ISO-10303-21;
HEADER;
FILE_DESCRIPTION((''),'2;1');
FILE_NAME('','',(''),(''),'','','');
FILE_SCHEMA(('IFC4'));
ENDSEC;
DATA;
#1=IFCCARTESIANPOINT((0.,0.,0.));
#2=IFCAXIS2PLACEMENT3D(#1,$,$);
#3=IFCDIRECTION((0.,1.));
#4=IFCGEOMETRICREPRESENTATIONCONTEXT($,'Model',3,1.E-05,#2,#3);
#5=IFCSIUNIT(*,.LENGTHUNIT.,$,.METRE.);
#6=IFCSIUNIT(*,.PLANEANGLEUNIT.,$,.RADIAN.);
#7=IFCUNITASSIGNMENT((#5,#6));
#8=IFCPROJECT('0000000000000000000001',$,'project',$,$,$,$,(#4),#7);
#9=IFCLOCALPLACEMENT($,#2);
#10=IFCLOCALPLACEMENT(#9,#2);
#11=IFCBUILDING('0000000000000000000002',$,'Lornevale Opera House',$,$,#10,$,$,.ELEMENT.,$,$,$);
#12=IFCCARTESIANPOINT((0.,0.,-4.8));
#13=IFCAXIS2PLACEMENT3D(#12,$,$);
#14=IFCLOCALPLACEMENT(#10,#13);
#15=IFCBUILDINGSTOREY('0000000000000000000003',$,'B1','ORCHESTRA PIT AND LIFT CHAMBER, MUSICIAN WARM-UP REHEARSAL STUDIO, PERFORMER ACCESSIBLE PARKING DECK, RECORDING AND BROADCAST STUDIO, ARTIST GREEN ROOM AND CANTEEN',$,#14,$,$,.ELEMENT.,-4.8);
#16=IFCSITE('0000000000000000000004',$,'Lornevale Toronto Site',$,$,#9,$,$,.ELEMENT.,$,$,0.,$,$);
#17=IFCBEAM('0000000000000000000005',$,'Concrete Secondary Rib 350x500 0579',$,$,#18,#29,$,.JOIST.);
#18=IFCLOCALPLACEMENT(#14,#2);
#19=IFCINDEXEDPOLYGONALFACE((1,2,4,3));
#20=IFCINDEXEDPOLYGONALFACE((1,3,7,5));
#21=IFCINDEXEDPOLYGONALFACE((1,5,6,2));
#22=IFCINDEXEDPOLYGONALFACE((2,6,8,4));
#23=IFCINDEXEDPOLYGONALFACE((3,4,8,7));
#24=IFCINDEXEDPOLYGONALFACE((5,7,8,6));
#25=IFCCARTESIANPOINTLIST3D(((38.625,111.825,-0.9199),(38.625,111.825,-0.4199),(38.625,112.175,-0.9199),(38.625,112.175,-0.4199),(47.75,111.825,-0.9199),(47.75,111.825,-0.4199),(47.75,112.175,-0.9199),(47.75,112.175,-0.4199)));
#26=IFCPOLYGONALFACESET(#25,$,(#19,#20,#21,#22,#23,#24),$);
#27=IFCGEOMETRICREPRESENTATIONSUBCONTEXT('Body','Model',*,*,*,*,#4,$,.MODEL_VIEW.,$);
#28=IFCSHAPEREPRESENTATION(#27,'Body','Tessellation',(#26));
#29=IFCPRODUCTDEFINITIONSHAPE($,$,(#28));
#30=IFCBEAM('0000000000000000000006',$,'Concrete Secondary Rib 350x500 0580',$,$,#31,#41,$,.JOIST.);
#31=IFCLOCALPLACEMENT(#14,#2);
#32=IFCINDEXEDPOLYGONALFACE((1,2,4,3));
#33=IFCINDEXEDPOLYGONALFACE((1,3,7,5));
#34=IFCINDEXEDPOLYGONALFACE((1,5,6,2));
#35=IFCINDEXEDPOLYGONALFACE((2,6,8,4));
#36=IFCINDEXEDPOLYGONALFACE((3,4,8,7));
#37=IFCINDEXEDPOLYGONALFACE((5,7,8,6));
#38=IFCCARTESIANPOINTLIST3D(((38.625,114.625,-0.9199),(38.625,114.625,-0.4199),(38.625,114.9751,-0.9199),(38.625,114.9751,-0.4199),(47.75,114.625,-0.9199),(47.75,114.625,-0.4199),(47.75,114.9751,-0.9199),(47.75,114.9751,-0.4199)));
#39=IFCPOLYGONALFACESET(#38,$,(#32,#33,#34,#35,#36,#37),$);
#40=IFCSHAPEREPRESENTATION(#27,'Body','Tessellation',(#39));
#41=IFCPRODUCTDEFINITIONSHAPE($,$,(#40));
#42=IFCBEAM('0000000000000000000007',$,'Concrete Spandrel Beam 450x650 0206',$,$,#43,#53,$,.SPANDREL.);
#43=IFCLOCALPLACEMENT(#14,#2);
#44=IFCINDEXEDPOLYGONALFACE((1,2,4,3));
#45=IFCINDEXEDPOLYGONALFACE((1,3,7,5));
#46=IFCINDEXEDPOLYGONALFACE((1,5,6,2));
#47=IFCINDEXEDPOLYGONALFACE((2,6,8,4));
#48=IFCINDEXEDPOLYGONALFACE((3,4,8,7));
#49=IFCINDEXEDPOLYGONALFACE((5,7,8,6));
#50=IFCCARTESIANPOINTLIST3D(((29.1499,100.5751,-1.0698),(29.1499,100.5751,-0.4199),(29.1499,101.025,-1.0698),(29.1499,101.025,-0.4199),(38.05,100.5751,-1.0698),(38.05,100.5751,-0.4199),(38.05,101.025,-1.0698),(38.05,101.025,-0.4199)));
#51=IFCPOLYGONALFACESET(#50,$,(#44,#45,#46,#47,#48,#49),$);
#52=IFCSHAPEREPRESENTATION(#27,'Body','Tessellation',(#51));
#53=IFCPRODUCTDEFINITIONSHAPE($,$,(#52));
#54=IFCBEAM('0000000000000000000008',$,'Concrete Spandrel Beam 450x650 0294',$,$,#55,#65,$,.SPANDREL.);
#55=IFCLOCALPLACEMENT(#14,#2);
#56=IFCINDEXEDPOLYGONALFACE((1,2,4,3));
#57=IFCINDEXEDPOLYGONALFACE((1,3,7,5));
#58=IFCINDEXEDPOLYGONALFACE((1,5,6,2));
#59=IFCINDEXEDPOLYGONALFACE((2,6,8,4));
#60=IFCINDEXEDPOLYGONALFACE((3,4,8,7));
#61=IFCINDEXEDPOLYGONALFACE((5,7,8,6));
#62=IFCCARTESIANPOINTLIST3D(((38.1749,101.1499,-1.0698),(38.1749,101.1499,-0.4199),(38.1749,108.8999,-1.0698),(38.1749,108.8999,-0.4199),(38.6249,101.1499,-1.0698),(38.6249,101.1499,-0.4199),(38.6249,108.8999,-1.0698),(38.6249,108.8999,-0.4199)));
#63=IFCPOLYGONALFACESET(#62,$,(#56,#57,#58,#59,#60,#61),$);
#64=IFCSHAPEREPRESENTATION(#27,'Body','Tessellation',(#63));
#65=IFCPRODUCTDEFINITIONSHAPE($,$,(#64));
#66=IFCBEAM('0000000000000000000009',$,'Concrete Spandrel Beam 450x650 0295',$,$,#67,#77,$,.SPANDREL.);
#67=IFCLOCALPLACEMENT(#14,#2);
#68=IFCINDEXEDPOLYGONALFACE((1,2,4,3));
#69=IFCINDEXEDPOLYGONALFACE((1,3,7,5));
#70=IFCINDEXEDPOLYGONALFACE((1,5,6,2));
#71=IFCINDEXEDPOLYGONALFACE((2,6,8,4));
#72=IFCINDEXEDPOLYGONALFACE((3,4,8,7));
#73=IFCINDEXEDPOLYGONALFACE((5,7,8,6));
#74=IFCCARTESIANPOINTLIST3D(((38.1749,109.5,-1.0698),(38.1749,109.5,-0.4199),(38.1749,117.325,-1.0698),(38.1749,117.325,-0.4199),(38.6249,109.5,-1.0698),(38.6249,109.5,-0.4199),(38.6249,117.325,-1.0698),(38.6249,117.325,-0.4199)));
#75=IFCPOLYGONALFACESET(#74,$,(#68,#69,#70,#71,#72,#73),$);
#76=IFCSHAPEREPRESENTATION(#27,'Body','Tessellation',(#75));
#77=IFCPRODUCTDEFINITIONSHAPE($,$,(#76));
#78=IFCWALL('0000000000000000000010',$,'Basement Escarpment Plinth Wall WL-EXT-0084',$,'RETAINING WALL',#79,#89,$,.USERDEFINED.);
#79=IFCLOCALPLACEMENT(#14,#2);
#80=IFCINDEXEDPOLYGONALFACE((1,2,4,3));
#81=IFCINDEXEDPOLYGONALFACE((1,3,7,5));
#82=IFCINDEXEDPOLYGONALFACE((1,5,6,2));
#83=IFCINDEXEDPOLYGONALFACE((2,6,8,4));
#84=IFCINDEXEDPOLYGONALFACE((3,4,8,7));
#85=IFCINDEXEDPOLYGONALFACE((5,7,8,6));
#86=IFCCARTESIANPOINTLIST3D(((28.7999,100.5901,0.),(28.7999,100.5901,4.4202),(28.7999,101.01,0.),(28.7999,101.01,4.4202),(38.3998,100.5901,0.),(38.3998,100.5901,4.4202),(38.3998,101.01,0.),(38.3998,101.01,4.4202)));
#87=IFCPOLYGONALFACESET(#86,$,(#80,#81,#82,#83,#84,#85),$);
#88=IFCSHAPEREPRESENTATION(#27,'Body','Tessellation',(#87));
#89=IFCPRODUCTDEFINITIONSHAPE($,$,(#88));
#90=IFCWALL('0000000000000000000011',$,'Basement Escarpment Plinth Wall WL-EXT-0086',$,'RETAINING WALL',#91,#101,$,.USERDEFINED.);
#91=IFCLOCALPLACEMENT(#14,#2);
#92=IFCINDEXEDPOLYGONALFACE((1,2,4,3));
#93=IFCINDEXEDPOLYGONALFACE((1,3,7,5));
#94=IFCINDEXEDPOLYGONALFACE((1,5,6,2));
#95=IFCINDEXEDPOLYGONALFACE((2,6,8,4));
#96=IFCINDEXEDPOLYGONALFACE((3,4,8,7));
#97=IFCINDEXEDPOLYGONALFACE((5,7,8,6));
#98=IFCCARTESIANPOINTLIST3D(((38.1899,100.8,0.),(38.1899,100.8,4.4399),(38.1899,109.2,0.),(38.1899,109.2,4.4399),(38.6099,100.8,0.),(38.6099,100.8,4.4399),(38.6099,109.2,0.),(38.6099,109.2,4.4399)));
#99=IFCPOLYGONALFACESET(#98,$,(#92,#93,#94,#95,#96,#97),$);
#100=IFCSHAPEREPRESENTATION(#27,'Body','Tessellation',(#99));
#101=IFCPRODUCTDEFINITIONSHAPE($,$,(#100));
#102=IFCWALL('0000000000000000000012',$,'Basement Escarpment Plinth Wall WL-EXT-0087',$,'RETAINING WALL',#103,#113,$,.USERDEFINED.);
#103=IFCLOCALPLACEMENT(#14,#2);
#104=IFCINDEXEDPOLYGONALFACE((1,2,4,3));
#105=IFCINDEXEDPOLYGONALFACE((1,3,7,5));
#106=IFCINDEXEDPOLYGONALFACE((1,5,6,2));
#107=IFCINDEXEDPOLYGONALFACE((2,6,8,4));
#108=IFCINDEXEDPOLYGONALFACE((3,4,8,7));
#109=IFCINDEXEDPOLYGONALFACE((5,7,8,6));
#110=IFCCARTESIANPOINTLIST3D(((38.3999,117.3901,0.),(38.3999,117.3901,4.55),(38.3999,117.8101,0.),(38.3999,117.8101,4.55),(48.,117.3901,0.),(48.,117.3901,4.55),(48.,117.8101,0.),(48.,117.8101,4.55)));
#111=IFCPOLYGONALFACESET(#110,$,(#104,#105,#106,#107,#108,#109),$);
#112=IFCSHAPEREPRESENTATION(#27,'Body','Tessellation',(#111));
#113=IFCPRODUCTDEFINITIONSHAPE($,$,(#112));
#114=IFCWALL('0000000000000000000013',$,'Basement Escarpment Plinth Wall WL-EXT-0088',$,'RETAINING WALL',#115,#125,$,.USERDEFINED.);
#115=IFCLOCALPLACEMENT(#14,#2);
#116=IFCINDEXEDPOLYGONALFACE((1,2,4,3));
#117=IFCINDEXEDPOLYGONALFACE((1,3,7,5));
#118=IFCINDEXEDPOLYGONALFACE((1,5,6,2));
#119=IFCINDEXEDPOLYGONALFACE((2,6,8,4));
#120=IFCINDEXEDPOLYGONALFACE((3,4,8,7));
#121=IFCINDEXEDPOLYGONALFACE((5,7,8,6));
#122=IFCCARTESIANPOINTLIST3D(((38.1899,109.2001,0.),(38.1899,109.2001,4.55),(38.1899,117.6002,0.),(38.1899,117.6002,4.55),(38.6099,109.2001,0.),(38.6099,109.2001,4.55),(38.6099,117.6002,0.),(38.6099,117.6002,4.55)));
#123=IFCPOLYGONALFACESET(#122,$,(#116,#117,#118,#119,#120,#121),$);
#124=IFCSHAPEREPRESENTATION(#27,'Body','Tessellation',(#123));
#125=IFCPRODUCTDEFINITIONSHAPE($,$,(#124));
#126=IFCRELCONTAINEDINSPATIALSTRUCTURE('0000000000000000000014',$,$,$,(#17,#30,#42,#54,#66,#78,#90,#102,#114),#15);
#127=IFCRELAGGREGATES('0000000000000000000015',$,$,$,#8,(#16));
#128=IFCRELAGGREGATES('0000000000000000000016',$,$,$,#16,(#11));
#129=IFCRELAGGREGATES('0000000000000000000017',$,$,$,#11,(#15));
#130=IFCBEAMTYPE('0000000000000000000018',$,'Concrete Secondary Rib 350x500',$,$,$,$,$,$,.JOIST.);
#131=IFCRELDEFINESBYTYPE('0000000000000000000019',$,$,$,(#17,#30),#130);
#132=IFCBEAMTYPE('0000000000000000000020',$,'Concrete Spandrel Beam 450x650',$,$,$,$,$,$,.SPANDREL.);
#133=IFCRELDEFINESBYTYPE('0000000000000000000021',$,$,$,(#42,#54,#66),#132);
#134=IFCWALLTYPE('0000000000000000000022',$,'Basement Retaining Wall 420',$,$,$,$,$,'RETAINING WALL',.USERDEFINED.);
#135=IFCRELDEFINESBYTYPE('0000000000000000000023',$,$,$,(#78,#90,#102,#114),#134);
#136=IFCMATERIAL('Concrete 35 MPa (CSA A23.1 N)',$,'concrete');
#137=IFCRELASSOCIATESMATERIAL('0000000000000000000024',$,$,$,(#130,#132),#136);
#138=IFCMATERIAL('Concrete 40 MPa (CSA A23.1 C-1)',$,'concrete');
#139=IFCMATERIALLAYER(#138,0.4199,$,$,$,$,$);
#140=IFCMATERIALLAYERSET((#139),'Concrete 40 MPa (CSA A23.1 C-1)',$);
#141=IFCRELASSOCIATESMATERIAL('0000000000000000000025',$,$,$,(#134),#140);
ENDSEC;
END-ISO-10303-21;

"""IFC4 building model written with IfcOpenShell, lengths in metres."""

from ifc_helpers import new_model, si_unit, direction, frame, frame_2d, origin, origin_2d, place, context, subcontext, project, spatial, rectangle, extrude, material, layer, layer_set, material_profile, profile_set, type_object, element, save


model = new_model("IFC4")

# Units and contexts
model_context = context("Model", 3, precision=1e-05, world=origin(), true_north=direction((0.0, 1.0)))
body_context = subcontext(model_context, "Body", "Model", "MODEL_VIEW")
ifc_project = project(units=[si_unit("LENGTHUNIT", "METRE"), si_unit("PLANEANGLEUNIT", "RADIAN")], contexts=[model_context])

# Site, building, storey
site_placement = place(None, origin())
site = spatial("IfcSite", under=ifc_project, at=site_placement, Name="Lornevale Toronto Site", CompositionType="ELEMENT", RefElevation=0.0)
building_placement = place(site_placement, origin())
building = spatial("IfcBuilding", under=site, at=building_placement, Name="Lornevale Opera House", CompositionType="ELEMENT")
storey_placement = place(building_placement, frame((0.0, 0.0, -4.8)))
storey = spatial("IfcBuildingStorey", under=building, at=storey_placement, Name="B1", Description="ORCHESTRA PIT AND LIFT CHAMBER, MUSICIAN WARM-UP REHEARSAL STUDIO, PERFORMER ACCESSIBLE PARKING DECK, RECORDING AND BROADCAST STUDIO, ARTIST GREEN ROOM AND CANTEEN", CompositionType="ELEMENT", Elevation=-4.8)

# Shared definitions
ifc_material_1 = material(Name="Concrete 35 MPa (CSA A23.1 N)", Category="concrete")
ifc_material_2 = material(Name="Concrete 40 MPa (CSA A23.1 C-1)", Category="concrete")

# Beams
ifc_material_profile_1 = material_profile(ifc_material_1, rectangle(XDim=0.3501, YDim=0.5, at=origin_2d()), Name="RC350x500")
ifc_profile_set_1 = profile_set([ifc_material_profile_1], Name="Concrete 35 MPa (CSA A23.1 N)")
beam_type_1 = type_object("IfcBeamType", Name="Concrete Secondary Rib 350x500", PredefinedType="JOIST", material=ifc_profile_set_1)
for number, where, z_axis, x_axis, name in (
    (1, (38.625, 112.0, -0.6699), (1.0, 0.0, 0.0), (0.0, 1.0, 0.0), "Concrete Secondary Rib 350x500 0579"),
    (2, (38.625, 114.8, -0.6699), (1.0, 0.0, 0.0), (0.0, 1.0, 0.0), "Concrete Secondary Rib 350x500 0580"),
):
    element("IfcBeam", number, at=place(storey_placement, frame(where, z_axis=z_axis, x_axis=x_axis)), inside=storey, type_object=beam_type_1, Name=name, PredefinedType="JOIST", context=body_context, shape_type="SweptSolid", body=[
        extrude(rectangle(XDim=0.3501, YDim=0.5, at=origin_2d()), origin(), (0.0, 0.0, 1.0), 9.125),
    ])
ifc_material_profile_2 = material_profile(ifc_material_1, rectangle(XDim=0.45, YDim=0.6499, at=origin_2d()), Name="RC450x650")
ifc_profile_set_2 = profile_set([ifc_material_profile_2], Name="Concrete 35 MPa (CSA A23.1 N)")
beam_type_2 = type_object("IfcBeamType", Name="Concrete Spandrel Beam 450x650", PredefinedType="SPANDREL", material=ifc_profile_set_2)
beam_1_placement = place(storey_placement, frame((29.1499, 100.8, -0.7449), z_axis=(1.0, 0.0, 0.0), x_axis=(0.0, 1.0, 0.0)))
element("IfcBeam", 3, at=beam_1_placement, inside=storey, type_object=beam_type_2, Name="Concrete Spandrel Beam 450x650 0206", PredefinedType="SPANDREL", context=body_context, shape_type="SweptSolid", body=[
    extrude(rectangle(XDim=0.45, YDim=0.6499, at=origin_2d()), origin(), (0.0, 0.0, 1.0), 8.9001),
])
beam_2_placement = place(storey_placement, frame((38.3999, 101.1499, -0.7449), z_axis=(0.0, 1.0, 0.0), x_axis=(-1.0, 0.0, 0.0)))
element("IfcBeam", 4, at=beam_2_placement, inside=storey, type_object=beam_type_2, Name="Concrete Spandrel Beam 450x650 0294", PredefinedType="SPANDREL", context=body_context, shape_type="SweptSolid", body=[
    extrude(rectangle(XDim=0.45, YDim=0.6499, at=origin_2d()), origin(), (0.0, 0.0, 1.0), 7.75),
])
beam_3_placement = place(storey_placement, frame((38.3999, 109.5, -0.7449), z_axis=(0.0, 1.0, 0.0), x_axis=(-1.0, 0.0, 0.0)))
element("IfcBeam", 5, at=beam_3_placement, inside=storey, type_object=beam_type_2, Name="Concrete Spandrel Beam 450x650 0295", PredefinedType="SPANDREL", context=body_context, shape_type="SweptSolid", body=[
    extrude(rectangle(XDim=0.45, YDim=0.6499, at=origin_2d()), origin(), (0.0, 0.0, 1.0), 7.825),
])

# Walls
ifc_layer = layer(ifc_material_2, 0.4199)
ifc_layer_set = layer_set([ifc_layer], Name="Concrete 40 MPa (CSA A23.1 C-1)")
wall_type = type_object("IfcWallType", Name="Basement Retaining Wall 420", ElementType="RETAINING WALL", PredefinedType="USERDEFINED", material=ifc_layer_set)
wall_1_placement = place(storey_placement, frame((28.8, 100.8, 0.0), z_axis=(0.0, 0.0, 1.0), x_axis=(1.0, 0.0, 0.0)))
element("IfcWall", 6, at=wall_1_placement, inside=storey, type_object=wall_type, Name="Basement Escarpment Plinth Wall WL-EXT-0084", ObjectType="RETAINING WALL", PredefinedType="USERDEFINED", context=body_context, shape_type="SweptSolid", body=[
    extrude(rectangle(XDim=9.5999, YDim=0.4199, at=frame_2d((4.7998, 0.0))), origin(), (0.0, 0.0, 1.0), 4.4202),
])
wall_2_placement = place(storey_placement, frame((38.3999, 100.8, 0.0), z_axis=(0.0, 0.0, 1.0), x_axis=(0.0, 1.0, 0.0)))
element("IfcWall", 7, at=wall_2_placement, inside=storey, type_object=wall_type, Name="Basement Escarpment Plinth Wall WL-EXT-0086", ObjectType="RETAINING WALL", PredefinedType="USERDEFINED", context=body_context, shape_type="SweptSolid", body=[
    extrude(rectangle(XDim=8.3999, YDim=0.4199, at=frame_2d((4.2, 0.0))), origin(), (0.0, 0.0, 1.0), 4.4399),
])
wall_3_placement = place(storey_placement, frame((38.3999, 117.6001, 0.0), z_axis=(0.0, 0.0, 1.0), x_axis=(1.0, 0.0, 0.0)))
element("IfcWall", 8, at=wall_3_placement, inside=storey, type_object=wall_type, Name="Basement Escarpment Plinth Wall WL-EXT-0087", ObjectType="RETAINING WALL", PredefinedType="USERDEFINED", context=body_context, shape_type="SweptSolid", body=[
    extrude(rectangle(XDim=9.6001, YDim=0.4199, at=frame_2d((4.8, 0.0))), origin(), (0.0, 0.0, 1.0), 4.55),
])
wall_4_placement = place(storey_placement, frame((38.3999, 109.2, 0.0), z_axis=(0.0, 0.0, 1.0), x_axis=(0.0, 1.0, 0.0)))
element("IfcWall", 9, at=wall_4_placement, inside=storey, type_object=wall_type, Name="Basement Escarpment Plinth Wall WL-EXT-0088", ObjectType="RETAINING WALL", PredefinedType="USERDEFINED", context=body_context, shape_type="SweptSolid", body=[
    extrude(rectangle(XDim=8.4001, YDim=0.4199, at=frame_2d((4.2002, 0.0))), origin(), (0.0, 0.0, 1.0), 4.55),
])

save(model, "model.ifc")
